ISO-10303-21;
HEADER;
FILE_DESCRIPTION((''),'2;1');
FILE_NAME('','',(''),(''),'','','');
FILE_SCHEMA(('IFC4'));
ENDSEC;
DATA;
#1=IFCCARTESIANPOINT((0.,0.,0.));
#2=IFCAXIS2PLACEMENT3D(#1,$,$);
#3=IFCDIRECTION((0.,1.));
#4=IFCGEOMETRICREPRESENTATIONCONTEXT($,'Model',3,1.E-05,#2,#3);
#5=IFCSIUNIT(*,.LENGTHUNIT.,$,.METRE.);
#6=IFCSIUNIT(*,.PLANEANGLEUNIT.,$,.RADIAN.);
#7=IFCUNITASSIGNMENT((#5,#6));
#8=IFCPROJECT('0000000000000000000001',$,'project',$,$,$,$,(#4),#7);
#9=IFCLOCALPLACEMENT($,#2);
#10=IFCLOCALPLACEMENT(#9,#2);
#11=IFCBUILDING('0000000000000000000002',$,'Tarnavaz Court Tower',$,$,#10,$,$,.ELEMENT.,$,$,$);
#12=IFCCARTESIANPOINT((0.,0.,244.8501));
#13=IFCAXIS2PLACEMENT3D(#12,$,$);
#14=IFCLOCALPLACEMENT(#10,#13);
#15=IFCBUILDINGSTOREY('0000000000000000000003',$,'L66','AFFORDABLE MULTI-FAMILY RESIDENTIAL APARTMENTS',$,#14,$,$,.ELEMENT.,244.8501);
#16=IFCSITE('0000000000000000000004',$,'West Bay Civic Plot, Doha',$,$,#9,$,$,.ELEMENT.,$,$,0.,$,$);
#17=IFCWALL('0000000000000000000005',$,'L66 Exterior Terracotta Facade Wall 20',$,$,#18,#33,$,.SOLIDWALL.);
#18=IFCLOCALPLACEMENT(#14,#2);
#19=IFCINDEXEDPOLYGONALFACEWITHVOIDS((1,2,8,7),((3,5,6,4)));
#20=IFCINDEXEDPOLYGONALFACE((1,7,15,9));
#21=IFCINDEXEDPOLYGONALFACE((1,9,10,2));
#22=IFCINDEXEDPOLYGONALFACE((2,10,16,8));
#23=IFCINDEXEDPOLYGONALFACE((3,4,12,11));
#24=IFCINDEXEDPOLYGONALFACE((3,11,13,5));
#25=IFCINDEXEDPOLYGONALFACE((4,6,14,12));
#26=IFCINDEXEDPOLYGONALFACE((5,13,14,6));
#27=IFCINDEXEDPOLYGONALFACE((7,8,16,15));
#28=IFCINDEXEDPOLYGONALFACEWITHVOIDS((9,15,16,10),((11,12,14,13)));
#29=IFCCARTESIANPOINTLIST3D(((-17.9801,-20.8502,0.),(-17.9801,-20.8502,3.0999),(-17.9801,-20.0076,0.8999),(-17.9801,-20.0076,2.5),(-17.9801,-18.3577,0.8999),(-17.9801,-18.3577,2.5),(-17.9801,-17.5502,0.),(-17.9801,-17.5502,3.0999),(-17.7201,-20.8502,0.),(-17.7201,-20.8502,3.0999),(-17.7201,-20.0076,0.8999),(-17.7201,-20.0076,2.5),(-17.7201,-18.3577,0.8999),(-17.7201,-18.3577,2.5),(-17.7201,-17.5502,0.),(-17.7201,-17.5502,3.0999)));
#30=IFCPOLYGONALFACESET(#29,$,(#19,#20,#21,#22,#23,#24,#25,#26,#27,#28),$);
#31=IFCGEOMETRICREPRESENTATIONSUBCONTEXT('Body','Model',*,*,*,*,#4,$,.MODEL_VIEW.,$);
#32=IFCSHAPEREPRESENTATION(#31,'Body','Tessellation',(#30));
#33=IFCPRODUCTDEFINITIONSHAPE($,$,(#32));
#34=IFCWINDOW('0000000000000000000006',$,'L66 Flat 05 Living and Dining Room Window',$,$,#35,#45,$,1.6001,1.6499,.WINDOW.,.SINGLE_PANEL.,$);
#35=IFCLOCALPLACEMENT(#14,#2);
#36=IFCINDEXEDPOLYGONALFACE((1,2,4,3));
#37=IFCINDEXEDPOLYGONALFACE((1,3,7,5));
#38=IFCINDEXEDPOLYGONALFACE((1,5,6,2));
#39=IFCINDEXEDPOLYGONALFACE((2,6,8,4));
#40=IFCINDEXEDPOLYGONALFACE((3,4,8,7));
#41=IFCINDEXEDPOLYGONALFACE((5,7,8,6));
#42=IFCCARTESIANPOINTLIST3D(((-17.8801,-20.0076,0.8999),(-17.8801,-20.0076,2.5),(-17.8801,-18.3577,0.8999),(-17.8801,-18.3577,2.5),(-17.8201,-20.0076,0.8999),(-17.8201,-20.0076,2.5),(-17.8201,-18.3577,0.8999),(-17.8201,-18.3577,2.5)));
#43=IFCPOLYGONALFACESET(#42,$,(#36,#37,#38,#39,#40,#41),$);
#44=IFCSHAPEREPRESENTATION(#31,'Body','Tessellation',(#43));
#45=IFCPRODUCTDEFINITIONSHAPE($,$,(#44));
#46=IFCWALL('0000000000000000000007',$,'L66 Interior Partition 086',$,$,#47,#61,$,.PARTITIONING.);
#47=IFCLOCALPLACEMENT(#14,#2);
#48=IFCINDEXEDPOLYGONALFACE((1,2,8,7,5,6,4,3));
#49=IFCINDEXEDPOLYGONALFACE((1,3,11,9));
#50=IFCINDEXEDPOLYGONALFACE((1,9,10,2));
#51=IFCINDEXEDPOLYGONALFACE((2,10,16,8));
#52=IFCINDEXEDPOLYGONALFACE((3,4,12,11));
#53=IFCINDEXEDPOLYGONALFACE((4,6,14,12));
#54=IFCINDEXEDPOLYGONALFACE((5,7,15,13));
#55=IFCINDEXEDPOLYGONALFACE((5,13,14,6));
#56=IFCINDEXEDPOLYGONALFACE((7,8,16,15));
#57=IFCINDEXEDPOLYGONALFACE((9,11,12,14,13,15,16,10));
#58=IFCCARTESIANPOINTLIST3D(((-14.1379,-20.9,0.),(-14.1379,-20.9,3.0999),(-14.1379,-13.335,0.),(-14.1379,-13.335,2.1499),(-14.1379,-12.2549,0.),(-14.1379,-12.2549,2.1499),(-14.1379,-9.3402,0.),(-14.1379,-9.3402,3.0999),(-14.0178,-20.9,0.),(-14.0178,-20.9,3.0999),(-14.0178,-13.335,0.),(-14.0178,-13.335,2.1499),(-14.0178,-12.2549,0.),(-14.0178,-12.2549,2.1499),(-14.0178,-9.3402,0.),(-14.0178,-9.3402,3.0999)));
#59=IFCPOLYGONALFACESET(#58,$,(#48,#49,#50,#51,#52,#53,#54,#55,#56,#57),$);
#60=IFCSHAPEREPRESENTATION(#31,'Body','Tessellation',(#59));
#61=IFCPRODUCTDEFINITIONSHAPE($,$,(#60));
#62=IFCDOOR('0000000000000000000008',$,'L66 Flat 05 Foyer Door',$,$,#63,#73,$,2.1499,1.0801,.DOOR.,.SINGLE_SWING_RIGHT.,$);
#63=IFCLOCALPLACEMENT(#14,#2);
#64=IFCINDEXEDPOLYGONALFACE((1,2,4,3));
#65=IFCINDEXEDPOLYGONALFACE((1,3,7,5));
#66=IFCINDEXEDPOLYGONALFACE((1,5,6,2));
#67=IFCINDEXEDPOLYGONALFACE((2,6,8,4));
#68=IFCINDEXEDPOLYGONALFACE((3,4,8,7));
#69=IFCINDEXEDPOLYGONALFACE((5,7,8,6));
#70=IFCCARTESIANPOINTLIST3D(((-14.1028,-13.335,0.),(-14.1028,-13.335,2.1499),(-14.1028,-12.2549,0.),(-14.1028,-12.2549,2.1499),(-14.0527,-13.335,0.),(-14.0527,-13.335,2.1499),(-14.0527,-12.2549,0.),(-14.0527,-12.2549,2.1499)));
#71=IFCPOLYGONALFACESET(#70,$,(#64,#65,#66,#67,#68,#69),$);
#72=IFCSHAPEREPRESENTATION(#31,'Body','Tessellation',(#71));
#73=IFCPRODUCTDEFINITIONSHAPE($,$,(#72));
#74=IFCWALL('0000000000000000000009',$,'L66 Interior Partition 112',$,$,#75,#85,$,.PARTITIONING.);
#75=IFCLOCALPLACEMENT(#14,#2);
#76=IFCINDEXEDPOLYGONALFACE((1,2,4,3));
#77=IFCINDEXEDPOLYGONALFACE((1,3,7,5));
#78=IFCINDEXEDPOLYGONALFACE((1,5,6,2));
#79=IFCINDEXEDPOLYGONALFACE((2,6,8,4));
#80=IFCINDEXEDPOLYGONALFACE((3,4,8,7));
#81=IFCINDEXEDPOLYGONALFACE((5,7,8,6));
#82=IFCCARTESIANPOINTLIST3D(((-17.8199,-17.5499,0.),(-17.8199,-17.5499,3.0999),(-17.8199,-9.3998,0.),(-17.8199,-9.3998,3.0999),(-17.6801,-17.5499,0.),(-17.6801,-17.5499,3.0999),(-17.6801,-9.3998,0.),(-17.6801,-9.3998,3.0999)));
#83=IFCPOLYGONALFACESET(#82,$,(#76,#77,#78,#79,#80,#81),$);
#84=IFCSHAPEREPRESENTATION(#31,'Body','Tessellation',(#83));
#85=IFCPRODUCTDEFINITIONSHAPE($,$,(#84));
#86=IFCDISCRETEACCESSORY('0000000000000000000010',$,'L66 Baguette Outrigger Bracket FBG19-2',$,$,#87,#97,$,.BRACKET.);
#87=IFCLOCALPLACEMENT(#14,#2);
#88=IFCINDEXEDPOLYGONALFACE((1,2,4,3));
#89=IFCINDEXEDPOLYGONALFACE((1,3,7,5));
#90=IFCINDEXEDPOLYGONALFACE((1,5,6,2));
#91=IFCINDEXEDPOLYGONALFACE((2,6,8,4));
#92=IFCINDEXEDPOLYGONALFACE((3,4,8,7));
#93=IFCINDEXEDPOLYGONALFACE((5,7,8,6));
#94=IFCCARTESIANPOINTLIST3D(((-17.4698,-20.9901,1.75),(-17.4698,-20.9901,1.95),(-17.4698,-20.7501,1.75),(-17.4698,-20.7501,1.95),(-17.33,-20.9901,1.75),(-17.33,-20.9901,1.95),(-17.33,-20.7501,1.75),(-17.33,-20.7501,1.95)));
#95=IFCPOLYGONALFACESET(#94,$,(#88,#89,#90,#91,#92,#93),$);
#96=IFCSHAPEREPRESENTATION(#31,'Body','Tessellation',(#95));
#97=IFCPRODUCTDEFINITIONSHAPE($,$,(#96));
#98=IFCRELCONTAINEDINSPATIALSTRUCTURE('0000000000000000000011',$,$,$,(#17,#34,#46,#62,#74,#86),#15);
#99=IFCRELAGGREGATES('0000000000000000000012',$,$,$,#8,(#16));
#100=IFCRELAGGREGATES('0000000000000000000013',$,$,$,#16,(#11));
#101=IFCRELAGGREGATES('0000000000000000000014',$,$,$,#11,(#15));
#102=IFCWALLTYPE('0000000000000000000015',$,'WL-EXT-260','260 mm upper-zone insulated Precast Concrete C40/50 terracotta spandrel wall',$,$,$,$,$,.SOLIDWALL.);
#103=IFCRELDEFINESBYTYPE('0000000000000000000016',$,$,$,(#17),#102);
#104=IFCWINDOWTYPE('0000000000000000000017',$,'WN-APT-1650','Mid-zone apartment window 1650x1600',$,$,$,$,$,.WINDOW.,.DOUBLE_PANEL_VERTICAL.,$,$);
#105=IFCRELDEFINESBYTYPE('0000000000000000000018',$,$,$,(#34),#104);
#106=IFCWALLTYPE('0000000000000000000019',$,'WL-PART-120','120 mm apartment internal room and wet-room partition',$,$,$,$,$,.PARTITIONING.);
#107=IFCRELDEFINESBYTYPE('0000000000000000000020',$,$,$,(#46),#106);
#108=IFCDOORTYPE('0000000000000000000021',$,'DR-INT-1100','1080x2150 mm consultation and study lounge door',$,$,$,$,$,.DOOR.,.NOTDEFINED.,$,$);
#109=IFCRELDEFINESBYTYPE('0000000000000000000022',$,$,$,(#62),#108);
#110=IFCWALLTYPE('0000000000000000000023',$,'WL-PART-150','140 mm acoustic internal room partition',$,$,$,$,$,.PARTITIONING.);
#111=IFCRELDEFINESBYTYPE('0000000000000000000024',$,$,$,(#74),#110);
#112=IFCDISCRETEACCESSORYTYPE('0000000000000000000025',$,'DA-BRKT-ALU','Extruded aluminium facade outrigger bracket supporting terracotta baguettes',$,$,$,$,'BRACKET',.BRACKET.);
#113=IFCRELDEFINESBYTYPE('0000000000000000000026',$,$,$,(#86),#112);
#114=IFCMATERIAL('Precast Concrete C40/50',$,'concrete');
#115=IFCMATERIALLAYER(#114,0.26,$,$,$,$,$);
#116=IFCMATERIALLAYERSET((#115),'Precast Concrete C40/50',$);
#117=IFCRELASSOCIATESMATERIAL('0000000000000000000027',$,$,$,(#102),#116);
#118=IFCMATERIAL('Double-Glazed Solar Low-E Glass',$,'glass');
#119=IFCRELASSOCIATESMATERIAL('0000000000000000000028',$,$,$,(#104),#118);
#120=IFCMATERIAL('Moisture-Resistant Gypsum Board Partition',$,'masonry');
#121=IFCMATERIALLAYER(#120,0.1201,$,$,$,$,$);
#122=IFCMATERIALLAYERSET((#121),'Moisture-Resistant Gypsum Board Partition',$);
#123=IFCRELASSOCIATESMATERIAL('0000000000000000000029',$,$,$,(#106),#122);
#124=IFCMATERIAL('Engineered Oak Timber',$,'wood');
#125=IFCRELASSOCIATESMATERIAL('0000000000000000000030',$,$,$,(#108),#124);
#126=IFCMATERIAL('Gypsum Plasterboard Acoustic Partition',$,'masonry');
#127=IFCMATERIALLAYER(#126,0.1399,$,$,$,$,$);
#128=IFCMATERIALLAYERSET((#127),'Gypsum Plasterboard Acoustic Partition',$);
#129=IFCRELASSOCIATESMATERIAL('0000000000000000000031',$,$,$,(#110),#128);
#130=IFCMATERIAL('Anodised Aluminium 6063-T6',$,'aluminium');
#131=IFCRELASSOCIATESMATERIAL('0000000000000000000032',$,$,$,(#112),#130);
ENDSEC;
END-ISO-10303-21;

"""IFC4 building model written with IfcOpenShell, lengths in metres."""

from ifc_helpers import new_model, si_unit, direction, frame, frame_2d, origin, origin_2d, place, context, subcontext, project, spatial, rectangle, extrude, material, layer, layer_set, type_object, element, fill, save


model = new_model("IFC4")

# Units and contexts
model_context = context("Model", 3, precision=1e-05, world=origin(), true_north=direction((0.0, 1.0)))
body_context = subcontext(model_context, "Body", "Model", "MODEL_VIEW")
ifc_project = project(units=[si_unit("LENGTHUNIT", "METRE"), si_unit("PLANEANGLEUNIT", "RADIAN")], contexts=[model_context])

# Site, building, storey
site_placement = place(None, origin())
site = spatial("IfcSite", under=ifc_project, at=site_placement, Name="West Bay Civic Plot, Doha", CompositionType="ELEMENT", RefElevation=0.0)
building_placement = place(site_placement, origin())
building = spatial("IfcBuilding", under=site, at=building_placement, Name="Tarnavaz Court Tower", CompositionType="ELEMENT")
storey_placement = place(building_placement, frame((0.0, 0.0, 244.8501)))
storey = spatial("IfcBuildingStorey", under=building, at=storey_placement, Name="L66", Description="AFFORDABLE MULTI-FAMILY RESIDENTIAL APARTMENTS", CompositionType="ELEMENT", Elevation=244.8501)

# Shared definitions
ifc_material_1 = material(Name="Precast Concrete C40/50", Category="concrete")
ifc_layer_1 = layer(ifc_material_1, 0.26)
ifc_layer_set_1 = layer_set([ifc_layer_1], Name="Precast Concrete C40/50")
wall_type_1 = type_object("IfcWallType", Name="WL-EXT-260", Description="260 mm upper-zone insulated Precast Concrete C40/50 terracotta spandrel wall", PredefinedType="SOLIDWALL", material=ifc_layer_set_1)
ifc_material_2 = material(Name="Double-Glazed Solar Low-E Glass", Category="glass")

# Shared definitions
window_type_1 = type_object("IfcWindowType", Name="WN-APT-1650", Description="Mid-zone apartment window 1650x1600", PartitioningType="DOUBLE_PANEL_VERTICAL", PredefinedType="WINDOW", material=ifc_material_2)

# Wall, opening, window
wall_1_placement = place(storey_placement, frame((-17.8501, -20.8501, 0.0), z_axis=(0.0, 0.0, 1.0), x_axis=(0.0, 1.0, 0.0)))
wall_1 = element("IfcWall", 1, at=wall_1_placement, inside=storey, type_object=wall_type_1, Name="L66 Exterior Terracotta Facade Wall 20", PredefinedType="SOLIDWALL", context=body_context, shape_type="SweptSolid", body=[
    extrude(rectangle(XDim=3.3, YDim=0.26, at=frame_2d((1.6499, 0.0))), origin(), (0.0, 0.0, 1.0), 3.0999),
])
opening_1_placement = place(wall_1_placement, frame((0.8425, 0.0, 0.8999)))
opening_1 = element("IfcOpeningElement", 2, at=opening_1_placement, cuts=wall_1, PredefinedType="OPENING", context=body_context, shape_type="SweptSolid", body=[
    extrude(rectangle(XDim=1.6499, YDim=1.6001, at=frame_2d((0.825, 0.8))), frame((0.0, 0.1399, 0.0), z_axis=(0.0, -1.0, 0.0), x_axis=(1.0, 0.0, 0.0)), (0.0, 0.0, 1.0), 0.28),
])
window_1_placement = place(opening_1_placement, origin())
window_1 = element("IfcWindow", 3, at=window_1_placement, inside=storey, type_object=window_type_1, Name="L66 Flat 05 Living and Dining Room Window", OverallHeight=1.6001, OverallWidth=1.6499, PartitioningType="SINGLE_PANEL", PredefinedType="WINDOW", context=body_context, shape_type="SweptSolid", body=[
    extrude(rectangle(XDim=1.6499, YDim=1.6001, at=frame_2d((0.825, 0.8))), frame((0.0, 0.03, 0.0), z_axis=(0.0, -1.0, 0.0), x_axis=(1.0, 0.0, 0.0)), (0.0, 0.0, 1.0), 0.0601),
])
fill(opening_1, window_1)

# Wall, opening, door
ifc_material_3 = material(Name="Moisture-Resistant Gypsum Board Partition", Category="masonry")
ifc_layer_2 = layer(ifc_material_3, 0.1201)
ifc_layer_set_2 = layer_set([ifc_layer_2], Name="Moisture-Resistant Gypsum Board Partition")
wall_type_2 = type_object("IfcWallType", Name="WL-PART-120", Description="120 mm apartment internal room and wet-room partition", PredefinedType="PARTITIONING", material=ifc_layer_set_2)
wall_2_placement = place(storey_placement, frame((-14.0779, -20.8999, 0.0), z_axis=(0.0, 0.0, 1.0), x_axis=(0.0, 1.0, 0.0)))
wall_2 = element("IfcWall", 4, at=wall_2_placement, inside=storey, type_object=wall_type_2, Name="L66 Interior Partition 086", PredefinedType="PARTITIONING", context=body_context, shape_type="SweptSolid", body=[
    extrude(rectangle(XDim=11.5598, YDim=0.1201, at=frame_2d((5.7798, 0.0))), origin(), (0.0, 0.0, 1.0), 3.0999),
])
opening_2_placement = place(wall_2_placement, frame((7.5649, 0.0, 0.0)))
opening_2 = element("IfcOpeningElement", 5, at=opening_2_placement, cuts=wall_2, PredefinedType="OPENING", context=body_context, shape_type="SweptSolid", body=[
    extrude(rectangle(XDim=1.0801, YDim=2.1499, at=frame_2d((0.54, 1.075))), frame((0.0, 0.0701, 0.0), z_axis=(0.0, -1.0, 0.0), x_axis=(1.0, 0.0, 0.0)), (0.0, 0.0, 1.0), 0.1401),
])
ifc_material_4 = material(Name="Engineered Oak Timber", Category="wood")
door_type = type_object("IfcDoorType", Name="DR-INT-1100", Description="1080x2150 mm consultation and study lounge door", OperationType="NOTDEFINED", PredefinedType="DOOR", material=ifc_material_4)
door_placement = place(opening_2_placement, origin())
door = element("IfcDoor", 6, at=door_placement, inside=storey, type_object=door_type, Name="L66 Flat 05 Foyer Door", OperationType="SINGLE_SWING_RIGHT", OverallHeight=2.1499, OverallWidth=1.0801, PredefinedType="DOOR", context=body_context, shape_type="SweptSolid", body=[
    extrude(rectangle(XDim=1.0801, YDim=2.1499, at=frame_2d((0.54, 1.075))), frame((0.0, 0.0249, 0.0), z_axis=(0.0, -1.0, 0.0), x_axis=(1.0, 0.0, 0.0)), (0.0, 0.0, 1.0), 0.05),
])
fill(opening_2, door)

# Wall
ifc_material_5 = material(Name="Gypsum Plasterboard Acoustic Partition", Category="masonry")
ifc_layer_3 = layer(ifc_material_5, 0.1399)
ifc_layer_set_3 = layer_set([ifc_layer_3], Name="Gypsum Plasterboard Acoustic Partition")
wall_type_3 = type_object("IfcWallType", Name="WL-PART-150", Description="140 mm acoustic internal room partition", PredefinedType="PARTITIONING", material=ifc_layer_set_3)
wall_3_placement = place(storey_placement, frame((-17.75, -17.55, 0.0), z_axis=(0.0, 0.0, 1.0), x_axis=(0.0, 1.0, 0.0)))
element("IfcWall", 7, at=wall_3_placement, inside=storey, type_object=wall_type_3, Name="L66 Interior Partition 112", PredefinedType="PARTITIONING", context=body_context, shape_type="SweptSolid", body=[
    extrude(rectangle(XDim=8.1501, YDim=0.1399, at=frame_2d((4.0752, 0.0))), origin(), (0.0, 0.0, 1.0), 3.0999),
])

# Discrete accessory
ifc_material_6 = material(Name="Anodised Aluminium 6063-T6", Category="aluminium")
discrete_accessory_type = type_object("IfcDiscreteAccessoryType", Name="DA-BRKT-ALU", Description="Extruded aluminium facade outrigger bracket supporting terracotta baguettes", ElementType="BRACKET", PredefinedType="BRACKET", material=ifc_material_6)
discrete_accessory_placement = place(storey_placement, frame((-17.3999, -20.8701, 1.75), z_axis=(0.0, 0.0, 1.0), x_axis=(-1.0, 0.0, 0.0)))
element("IfcDiscreteAccessory", 8, at=discrete_accessory_placement, inside=storey, type_object=discrete_accessory_type, Name="L66 Baguette Outrigger Bracket FBG19-2", PredefinedType="BRACKET", context=body_context, shape_type="SweptSolid", body=[
    extrude(rectangle(XDim=0.1399, YDim=0.24, at=origin_2d()), origin(), (0.0, 0.0, 1.0), 0.2),
])

save(model, "model.ifc")
